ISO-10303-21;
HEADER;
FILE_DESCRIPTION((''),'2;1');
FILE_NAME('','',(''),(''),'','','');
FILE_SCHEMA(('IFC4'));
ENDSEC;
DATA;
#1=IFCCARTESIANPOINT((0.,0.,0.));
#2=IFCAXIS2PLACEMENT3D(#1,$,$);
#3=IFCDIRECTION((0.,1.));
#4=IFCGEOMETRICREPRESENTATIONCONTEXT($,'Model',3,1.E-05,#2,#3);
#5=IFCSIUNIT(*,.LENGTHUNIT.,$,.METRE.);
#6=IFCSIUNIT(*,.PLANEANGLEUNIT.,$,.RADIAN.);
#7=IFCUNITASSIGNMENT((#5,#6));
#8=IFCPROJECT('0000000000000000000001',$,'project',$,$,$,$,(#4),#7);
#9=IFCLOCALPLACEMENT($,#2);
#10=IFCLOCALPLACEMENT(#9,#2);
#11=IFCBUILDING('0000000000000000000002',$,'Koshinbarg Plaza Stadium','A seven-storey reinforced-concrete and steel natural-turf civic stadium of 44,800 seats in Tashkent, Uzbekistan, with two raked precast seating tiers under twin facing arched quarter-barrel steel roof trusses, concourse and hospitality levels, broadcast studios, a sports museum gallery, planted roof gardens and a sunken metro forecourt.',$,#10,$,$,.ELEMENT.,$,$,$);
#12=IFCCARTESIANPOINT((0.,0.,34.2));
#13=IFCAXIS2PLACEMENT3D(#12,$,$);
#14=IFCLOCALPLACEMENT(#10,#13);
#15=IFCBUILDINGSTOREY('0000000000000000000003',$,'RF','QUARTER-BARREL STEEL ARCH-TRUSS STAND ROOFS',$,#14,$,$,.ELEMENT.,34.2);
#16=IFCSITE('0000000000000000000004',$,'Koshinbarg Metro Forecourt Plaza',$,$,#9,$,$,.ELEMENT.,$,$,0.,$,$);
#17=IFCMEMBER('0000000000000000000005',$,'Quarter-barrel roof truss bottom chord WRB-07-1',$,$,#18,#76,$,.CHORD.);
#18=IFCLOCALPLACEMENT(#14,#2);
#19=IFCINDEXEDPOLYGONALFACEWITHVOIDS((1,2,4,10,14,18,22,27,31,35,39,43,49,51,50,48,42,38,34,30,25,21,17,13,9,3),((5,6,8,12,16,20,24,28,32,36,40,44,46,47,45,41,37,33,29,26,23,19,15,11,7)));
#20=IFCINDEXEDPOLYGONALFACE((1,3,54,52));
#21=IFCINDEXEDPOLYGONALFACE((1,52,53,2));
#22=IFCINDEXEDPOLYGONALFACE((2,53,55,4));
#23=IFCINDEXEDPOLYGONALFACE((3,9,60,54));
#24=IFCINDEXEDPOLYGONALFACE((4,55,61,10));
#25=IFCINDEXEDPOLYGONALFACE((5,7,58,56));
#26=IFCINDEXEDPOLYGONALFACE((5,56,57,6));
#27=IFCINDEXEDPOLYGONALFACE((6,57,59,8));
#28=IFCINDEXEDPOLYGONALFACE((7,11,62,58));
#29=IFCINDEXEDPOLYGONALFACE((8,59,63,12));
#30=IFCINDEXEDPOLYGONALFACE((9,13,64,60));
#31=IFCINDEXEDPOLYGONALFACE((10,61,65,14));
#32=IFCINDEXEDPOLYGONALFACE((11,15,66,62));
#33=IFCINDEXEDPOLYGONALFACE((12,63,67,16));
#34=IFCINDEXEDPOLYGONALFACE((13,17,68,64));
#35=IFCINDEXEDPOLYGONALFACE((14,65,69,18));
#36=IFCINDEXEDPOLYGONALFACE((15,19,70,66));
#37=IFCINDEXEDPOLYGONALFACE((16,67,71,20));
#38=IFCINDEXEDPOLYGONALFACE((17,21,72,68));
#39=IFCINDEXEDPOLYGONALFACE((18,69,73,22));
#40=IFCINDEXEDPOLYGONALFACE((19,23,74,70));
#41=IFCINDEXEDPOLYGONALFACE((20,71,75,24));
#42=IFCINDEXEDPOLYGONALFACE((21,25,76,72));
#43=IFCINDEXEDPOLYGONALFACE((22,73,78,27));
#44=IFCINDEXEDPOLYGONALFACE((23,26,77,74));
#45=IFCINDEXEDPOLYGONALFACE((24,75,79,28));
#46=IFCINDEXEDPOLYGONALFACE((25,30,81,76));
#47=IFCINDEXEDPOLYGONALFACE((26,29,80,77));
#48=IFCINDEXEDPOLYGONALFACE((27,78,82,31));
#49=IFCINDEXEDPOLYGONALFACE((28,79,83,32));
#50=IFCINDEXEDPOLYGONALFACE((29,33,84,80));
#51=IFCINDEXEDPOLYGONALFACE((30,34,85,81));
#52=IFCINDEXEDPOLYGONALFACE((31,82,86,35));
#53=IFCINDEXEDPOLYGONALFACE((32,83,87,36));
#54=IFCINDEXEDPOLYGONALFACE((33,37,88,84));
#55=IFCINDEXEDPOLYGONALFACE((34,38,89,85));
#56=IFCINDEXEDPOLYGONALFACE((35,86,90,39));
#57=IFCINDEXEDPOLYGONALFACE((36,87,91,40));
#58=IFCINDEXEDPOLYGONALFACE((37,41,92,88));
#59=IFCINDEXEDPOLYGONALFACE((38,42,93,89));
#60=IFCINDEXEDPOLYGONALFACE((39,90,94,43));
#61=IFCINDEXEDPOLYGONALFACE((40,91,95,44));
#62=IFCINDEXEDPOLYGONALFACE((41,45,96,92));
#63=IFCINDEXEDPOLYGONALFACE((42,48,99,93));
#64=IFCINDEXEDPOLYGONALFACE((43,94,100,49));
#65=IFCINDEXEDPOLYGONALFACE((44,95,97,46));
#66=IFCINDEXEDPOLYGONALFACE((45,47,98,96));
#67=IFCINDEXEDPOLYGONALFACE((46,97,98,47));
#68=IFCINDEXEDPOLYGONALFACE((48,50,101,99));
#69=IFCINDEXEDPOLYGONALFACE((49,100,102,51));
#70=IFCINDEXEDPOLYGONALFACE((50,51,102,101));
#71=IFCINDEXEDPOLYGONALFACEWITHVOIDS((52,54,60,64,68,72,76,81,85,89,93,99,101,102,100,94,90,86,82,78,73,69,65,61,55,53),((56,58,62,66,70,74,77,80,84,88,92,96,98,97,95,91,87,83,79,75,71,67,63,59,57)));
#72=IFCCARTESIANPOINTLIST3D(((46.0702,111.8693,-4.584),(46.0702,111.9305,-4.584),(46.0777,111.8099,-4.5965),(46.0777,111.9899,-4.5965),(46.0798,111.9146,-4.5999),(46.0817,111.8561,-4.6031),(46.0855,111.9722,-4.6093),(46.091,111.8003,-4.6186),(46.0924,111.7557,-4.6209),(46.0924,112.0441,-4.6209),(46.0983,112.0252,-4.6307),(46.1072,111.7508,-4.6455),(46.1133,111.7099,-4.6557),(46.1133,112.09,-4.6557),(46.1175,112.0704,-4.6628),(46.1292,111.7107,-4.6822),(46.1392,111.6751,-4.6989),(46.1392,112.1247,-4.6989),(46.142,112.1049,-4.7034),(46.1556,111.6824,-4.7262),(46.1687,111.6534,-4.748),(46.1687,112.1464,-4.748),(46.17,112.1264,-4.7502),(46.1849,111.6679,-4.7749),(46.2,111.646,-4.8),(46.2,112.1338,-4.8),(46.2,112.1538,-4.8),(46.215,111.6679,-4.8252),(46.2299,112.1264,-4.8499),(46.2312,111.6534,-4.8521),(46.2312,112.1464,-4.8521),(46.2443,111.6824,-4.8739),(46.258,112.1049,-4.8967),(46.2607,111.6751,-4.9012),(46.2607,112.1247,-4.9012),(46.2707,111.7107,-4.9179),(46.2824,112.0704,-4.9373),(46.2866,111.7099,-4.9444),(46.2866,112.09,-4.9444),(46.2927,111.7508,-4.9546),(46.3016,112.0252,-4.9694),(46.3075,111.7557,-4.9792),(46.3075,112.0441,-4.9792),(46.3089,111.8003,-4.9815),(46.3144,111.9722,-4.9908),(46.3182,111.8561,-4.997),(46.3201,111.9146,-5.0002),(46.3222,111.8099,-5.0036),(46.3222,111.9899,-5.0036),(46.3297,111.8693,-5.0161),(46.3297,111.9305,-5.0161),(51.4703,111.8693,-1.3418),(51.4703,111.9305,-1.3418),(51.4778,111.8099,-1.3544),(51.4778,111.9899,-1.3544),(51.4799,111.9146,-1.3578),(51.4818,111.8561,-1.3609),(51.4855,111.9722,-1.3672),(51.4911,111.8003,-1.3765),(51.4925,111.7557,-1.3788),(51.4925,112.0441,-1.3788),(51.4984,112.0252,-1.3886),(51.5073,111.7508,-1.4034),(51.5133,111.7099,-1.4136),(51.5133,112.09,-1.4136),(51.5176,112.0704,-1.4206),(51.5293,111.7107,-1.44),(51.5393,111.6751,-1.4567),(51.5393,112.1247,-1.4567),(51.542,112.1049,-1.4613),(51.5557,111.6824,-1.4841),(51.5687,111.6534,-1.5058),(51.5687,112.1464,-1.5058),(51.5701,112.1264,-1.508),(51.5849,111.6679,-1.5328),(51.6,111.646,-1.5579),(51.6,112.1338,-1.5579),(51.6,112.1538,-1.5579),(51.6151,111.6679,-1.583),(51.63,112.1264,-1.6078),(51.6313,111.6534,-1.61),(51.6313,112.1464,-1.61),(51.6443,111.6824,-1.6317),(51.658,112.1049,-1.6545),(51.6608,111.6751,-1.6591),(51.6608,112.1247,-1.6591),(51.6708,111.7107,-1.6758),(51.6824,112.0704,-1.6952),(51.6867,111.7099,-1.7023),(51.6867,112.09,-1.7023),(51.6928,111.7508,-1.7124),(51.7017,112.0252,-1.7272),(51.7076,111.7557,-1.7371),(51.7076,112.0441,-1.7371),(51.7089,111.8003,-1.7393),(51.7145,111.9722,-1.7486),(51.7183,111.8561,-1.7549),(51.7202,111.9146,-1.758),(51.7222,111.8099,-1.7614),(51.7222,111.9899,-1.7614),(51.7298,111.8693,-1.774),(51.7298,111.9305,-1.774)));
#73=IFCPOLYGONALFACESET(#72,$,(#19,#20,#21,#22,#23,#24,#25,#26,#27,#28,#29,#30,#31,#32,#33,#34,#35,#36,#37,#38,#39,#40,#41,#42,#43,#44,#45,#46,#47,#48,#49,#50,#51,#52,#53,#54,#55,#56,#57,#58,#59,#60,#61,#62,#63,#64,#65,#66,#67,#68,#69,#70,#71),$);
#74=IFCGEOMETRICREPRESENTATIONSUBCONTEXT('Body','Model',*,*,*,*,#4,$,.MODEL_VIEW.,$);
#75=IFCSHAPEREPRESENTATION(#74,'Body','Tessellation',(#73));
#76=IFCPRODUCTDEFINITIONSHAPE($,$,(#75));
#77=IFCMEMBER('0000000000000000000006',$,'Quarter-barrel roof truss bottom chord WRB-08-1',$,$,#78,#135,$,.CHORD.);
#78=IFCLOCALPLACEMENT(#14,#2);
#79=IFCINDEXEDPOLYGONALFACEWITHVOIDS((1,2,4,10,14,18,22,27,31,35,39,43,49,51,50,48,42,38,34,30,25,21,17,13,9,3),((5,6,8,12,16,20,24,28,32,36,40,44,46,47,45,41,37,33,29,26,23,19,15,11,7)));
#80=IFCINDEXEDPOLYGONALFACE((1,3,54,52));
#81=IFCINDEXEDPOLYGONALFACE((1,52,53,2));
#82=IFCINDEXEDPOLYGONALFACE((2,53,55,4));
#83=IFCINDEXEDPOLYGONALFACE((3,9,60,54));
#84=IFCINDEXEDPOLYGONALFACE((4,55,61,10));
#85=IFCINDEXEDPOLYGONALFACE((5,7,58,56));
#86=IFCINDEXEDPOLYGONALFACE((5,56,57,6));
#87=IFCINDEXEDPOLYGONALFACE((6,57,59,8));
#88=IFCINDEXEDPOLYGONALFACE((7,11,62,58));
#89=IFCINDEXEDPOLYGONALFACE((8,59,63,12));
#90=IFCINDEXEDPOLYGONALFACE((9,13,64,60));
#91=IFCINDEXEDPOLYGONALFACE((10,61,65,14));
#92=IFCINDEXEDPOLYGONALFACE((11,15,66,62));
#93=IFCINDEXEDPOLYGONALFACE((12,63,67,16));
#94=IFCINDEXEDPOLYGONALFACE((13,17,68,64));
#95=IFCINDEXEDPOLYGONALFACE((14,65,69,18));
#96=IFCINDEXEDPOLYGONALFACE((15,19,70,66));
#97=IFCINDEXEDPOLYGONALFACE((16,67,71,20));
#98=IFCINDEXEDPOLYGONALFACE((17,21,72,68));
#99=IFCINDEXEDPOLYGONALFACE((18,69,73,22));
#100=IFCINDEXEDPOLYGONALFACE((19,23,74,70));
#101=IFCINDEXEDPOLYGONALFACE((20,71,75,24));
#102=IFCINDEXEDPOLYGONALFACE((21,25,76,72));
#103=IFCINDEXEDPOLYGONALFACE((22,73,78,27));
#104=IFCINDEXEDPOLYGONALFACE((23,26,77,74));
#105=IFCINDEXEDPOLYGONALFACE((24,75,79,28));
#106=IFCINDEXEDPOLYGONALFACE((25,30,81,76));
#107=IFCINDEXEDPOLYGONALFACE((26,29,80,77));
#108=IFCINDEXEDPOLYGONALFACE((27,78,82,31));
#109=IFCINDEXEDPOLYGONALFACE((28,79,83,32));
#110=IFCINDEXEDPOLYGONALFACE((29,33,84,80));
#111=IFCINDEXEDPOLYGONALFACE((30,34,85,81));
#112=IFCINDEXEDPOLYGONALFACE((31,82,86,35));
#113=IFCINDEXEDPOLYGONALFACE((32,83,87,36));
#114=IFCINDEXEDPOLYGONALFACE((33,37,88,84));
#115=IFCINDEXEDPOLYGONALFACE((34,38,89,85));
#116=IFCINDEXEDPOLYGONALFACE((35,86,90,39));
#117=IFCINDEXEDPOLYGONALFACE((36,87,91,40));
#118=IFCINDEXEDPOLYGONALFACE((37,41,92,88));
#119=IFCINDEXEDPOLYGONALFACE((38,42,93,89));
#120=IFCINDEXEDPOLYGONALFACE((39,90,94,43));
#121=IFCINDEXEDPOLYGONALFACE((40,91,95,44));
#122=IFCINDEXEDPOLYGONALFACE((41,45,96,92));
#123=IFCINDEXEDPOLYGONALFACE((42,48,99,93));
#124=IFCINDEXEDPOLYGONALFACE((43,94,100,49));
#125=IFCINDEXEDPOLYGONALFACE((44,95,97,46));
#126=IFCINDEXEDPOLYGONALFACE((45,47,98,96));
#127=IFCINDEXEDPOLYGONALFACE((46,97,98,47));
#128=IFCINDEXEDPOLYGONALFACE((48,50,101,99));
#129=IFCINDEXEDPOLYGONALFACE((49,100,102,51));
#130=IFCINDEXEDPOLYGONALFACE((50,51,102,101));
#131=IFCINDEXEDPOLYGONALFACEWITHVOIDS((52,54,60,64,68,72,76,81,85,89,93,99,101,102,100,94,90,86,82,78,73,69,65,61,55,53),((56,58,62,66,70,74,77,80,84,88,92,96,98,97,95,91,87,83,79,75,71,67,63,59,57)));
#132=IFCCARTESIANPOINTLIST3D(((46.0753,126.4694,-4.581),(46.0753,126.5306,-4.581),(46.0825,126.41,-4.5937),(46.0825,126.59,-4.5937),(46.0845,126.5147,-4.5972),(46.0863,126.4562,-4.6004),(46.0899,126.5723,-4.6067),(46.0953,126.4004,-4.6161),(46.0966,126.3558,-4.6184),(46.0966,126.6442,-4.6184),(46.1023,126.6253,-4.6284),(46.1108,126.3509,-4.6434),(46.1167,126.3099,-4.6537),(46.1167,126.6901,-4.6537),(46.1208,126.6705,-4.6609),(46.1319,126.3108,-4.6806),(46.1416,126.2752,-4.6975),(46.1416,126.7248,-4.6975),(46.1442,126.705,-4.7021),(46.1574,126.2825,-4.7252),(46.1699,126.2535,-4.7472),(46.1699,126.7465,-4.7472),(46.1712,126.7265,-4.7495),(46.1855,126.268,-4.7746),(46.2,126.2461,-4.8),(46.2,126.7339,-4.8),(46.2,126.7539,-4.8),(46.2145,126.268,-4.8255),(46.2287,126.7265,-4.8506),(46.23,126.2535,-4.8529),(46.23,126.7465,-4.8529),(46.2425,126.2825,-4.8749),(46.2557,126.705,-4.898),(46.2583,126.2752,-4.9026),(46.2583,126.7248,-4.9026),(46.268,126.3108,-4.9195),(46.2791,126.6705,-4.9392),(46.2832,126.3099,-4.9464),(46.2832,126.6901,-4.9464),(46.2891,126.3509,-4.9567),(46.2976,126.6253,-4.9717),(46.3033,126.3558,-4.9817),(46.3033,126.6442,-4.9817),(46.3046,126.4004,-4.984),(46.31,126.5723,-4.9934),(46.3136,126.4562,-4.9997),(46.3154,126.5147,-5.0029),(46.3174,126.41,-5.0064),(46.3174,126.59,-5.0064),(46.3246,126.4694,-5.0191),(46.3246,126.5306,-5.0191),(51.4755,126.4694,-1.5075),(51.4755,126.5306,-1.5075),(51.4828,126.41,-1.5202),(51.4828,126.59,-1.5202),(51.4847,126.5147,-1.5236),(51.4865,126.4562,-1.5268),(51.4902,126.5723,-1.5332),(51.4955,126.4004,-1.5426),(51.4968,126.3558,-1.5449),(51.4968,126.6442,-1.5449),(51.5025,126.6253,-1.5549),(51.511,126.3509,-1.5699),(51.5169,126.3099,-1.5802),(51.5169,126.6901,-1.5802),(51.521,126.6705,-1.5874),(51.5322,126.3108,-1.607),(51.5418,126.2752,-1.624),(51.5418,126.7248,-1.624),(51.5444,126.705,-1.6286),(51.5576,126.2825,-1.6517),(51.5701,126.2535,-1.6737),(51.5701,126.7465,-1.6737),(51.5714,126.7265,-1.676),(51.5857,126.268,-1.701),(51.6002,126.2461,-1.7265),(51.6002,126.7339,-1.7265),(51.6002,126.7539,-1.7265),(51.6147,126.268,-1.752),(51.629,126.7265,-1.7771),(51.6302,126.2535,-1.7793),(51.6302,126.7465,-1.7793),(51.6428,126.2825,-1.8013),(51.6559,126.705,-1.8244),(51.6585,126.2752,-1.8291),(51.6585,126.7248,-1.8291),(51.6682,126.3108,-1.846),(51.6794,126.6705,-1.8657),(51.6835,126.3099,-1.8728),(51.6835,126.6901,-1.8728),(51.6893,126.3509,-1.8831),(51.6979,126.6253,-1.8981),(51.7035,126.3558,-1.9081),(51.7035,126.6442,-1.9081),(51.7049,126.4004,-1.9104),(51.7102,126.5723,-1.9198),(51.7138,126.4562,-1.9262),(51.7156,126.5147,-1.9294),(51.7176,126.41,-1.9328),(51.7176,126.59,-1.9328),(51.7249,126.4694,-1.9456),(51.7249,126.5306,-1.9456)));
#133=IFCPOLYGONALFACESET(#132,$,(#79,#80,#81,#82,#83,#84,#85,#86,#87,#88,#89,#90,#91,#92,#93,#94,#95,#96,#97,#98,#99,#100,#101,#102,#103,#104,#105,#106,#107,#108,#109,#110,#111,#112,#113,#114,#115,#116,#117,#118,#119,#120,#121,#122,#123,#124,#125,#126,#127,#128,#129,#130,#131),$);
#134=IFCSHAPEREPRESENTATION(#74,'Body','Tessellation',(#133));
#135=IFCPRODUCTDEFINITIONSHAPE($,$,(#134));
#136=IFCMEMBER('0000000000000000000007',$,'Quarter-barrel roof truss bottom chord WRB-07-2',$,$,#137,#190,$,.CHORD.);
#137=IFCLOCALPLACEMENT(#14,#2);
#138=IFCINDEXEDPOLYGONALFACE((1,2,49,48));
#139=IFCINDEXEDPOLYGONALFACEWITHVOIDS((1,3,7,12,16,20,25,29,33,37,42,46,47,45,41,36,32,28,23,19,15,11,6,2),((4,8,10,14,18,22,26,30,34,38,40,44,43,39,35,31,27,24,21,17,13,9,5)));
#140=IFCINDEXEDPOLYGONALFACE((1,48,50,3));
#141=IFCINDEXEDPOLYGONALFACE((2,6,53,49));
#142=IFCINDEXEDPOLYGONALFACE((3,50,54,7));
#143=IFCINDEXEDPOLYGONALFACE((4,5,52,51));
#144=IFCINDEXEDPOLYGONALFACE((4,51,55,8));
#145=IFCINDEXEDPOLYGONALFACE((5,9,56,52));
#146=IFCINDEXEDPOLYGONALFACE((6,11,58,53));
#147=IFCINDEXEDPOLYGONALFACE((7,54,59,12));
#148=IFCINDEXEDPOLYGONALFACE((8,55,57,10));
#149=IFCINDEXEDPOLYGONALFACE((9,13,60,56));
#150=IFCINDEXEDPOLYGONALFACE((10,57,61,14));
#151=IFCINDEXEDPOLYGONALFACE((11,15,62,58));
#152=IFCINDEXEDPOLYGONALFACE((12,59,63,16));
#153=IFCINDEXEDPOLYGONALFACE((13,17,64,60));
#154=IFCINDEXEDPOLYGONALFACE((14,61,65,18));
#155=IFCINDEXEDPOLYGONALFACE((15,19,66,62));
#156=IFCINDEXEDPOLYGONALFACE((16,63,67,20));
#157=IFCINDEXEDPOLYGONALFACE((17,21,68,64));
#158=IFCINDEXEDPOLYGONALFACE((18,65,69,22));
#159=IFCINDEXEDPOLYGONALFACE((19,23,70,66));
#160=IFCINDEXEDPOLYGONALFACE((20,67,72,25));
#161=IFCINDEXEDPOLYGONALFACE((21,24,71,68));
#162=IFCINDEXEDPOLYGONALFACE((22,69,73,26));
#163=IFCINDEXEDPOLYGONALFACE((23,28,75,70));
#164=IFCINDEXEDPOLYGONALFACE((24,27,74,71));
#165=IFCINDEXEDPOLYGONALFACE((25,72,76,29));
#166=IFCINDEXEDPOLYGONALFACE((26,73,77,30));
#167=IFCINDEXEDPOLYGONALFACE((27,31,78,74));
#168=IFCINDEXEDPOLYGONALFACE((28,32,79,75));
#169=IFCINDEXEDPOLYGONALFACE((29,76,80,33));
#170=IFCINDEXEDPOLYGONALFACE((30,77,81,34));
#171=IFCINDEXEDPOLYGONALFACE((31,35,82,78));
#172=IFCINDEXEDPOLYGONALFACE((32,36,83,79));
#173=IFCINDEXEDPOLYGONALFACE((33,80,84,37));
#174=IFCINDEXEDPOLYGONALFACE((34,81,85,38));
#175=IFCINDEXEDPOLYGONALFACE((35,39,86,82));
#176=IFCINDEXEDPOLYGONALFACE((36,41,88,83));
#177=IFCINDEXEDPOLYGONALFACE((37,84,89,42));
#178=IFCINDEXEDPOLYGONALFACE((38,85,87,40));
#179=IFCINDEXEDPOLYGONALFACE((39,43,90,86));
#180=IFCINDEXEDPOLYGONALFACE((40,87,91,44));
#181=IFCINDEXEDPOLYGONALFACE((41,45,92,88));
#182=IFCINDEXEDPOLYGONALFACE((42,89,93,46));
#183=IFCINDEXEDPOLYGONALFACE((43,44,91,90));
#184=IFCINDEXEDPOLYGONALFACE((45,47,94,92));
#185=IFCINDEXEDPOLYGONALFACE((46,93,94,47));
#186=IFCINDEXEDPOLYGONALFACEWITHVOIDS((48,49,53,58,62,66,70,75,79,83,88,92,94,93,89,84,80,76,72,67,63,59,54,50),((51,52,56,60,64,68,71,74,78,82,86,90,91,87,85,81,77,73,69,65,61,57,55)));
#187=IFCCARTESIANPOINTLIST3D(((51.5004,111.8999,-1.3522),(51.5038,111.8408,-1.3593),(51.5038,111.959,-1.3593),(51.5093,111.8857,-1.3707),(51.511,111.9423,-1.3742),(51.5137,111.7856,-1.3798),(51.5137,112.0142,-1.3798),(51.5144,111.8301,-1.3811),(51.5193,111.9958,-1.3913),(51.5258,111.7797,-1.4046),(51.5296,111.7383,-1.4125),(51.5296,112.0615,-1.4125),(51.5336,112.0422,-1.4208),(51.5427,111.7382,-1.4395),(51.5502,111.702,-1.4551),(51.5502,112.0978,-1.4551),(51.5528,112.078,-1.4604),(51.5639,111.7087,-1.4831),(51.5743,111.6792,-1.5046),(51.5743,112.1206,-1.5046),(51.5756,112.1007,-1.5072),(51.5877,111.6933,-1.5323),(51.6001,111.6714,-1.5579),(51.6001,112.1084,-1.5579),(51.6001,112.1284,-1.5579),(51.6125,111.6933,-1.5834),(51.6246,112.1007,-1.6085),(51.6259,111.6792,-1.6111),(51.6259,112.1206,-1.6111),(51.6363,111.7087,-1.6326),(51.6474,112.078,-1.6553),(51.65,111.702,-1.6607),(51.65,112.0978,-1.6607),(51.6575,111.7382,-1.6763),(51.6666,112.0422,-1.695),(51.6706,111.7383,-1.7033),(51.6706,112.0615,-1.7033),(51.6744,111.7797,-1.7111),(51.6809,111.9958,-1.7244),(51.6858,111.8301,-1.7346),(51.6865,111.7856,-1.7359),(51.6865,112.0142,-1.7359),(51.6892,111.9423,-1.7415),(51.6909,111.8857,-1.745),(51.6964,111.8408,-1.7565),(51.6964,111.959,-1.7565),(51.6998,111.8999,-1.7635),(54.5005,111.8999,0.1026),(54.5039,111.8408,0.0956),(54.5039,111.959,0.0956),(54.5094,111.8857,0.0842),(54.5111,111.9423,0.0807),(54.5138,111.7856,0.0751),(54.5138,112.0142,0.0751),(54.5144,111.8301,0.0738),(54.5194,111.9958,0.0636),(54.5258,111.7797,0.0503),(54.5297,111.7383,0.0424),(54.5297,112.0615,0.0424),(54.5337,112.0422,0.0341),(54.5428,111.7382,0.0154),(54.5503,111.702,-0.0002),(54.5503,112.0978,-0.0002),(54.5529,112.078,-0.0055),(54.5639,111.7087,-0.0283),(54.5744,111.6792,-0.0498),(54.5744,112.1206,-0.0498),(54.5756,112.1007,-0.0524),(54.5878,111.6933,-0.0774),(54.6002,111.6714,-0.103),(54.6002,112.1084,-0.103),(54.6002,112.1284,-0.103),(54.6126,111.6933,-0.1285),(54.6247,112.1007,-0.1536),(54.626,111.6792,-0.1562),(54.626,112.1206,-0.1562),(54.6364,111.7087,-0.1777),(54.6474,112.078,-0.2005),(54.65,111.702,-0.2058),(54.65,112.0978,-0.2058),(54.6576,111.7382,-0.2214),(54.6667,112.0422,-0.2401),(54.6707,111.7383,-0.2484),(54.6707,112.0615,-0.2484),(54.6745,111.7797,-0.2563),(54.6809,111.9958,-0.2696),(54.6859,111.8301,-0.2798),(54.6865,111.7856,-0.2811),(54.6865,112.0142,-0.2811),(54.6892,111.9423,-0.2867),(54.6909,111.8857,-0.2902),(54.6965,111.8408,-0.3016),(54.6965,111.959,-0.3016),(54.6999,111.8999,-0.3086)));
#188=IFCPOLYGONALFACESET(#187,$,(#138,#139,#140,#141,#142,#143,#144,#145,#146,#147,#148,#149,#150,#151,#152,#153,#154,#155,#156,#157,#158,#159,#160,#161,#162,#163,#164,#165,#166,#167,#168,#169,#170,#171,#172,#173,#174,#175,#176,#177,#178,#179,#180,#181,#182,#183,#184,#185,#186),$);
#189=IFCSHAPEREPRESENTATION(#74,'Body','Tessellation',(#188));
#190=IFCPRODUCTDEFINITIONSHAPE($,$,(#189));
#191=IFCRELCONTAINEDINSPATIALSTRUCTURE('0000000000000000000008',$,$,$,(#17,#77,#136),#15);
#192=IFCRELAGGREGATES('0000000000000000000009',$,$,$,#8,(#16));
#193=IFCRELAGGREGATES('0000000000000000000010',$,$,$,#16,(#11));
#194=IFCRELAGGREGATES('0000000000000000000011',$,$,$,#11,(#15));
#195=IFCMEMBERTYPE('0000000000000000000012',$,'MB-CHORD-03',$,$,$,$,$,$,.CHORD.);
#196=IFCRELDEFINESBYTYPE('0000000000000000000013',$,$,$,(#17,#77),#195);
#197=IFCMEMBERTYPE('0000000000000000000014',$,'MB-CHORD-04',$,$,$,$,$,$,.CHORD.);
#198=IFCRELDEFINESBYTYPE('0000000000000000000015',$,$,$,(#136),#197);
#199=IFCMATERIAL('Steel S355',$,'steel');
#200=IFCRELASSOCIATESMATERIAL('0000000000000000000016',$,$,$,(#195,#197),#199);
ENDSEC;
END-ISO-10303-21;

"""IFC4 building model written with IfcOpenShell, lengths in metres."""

from ifc_helpers import new_model, si_unit, direction, frame, origin, origin_2d, place, context, subcontext, project, spatial, hollow_circle, extrude, material, material_profile, profile_set, type_object, element, save


model = new_model("IFC4")

# Units and contexts
model_context = context("Model", 3, precision=1e-05, world=origin(), true_north=direction((0.0, 1.0)))
body_context = subcontext(model_context, "Body", "Model", "MODEL_VIEW")
ifc_project = project(units=[si_unit("LENGTHUNIT", "METRE"), si_unit("PLANEANGLEUNIT", "RADIAN")], contexts=[model_context])

# Site, building, storey
site_placement = place(None, origin())
site = spatial("IfcSite", under=ifc_project, at=site_placement, Name="Koshinbarg Metro Forecourt Plaza", CompositionType="ELEMENT", RefElevation=0.0)
building_placement = place(site_placement, origin())
building = spatial("IfcBuilding", under=site, at=building_placement, Name="Koshinbarg Plaza Stadium", Description="A seven-storey reinforced-concrete and steel natural-turf civic stadium of 44,800 seats in Tashkent, Uzbekistan, with two raked precast seating tiers under twin facing arched quarter-barrel steel roof trusses, concourse and hospitality levels, broadcast studios, a sports museum gallery, planted roof gardens and a sunken metro forecourt.", CompositionType="ELEMENT")
storey_placement = place(building_placement, frame((0.0, 0.0, 34.2)))
storey = spatial("IfcBuildingStorey", under=building, at=storey_placement, Name="RF", Description="QUARTER-BARREL STEEL ARCH-TRUSS STAND ROOFS", CompositionType="ELEMENT", Elevation=34.2)

# Shared definitions
ifc_material_1 = material(Name="Steel S355", Category="steel")

# Members
ifc_material_profile_1 = material_profile(ifc_material_1, hollow_circle(Radius=0.2539, WallThickness=0.02, at=origin_2d()), Name="CHS 508x20")
ifc_profile_set_1 = profile_set([ifc_material_profile_1], Name="Steel S355")
member_type_1 = type_object("IfcMemberType", Name="MB-CHORD-03", PredefinedType="CHORD", material=ifc_profile_set_1)
member_1_placement = place(storey_placement, frame((46.2, 111.8999, -4.8), z_axis=(0.857346, 0.0, 0.514741), x_axis=(0.0, 1.0, 0.0)))
element("IfcMember", 1, at=member_1_placement, inside=storey, type_object=member_type_1, Name="Quarter-barrel roof truss bottom chord WRB-07-1", PredefinedType="CHORD", context=body_context, shape_type="SweptSolid", body=[
    extrude(hollow_circle(Radius=0.2539, WallThickness=0.02, at=origin_2d()), origin(), (0.0, 0.0, 1.0), 6.2986),
])
member_2_placement = place(storey_placement, frame((46.2, 126.5, -4.8), z_axis=(0.869095, 0.0, 0.494645), x_axis=(0.0, 1.0, 0.0)))
element("IfcMember", 2, at=member_2_placement, inside=storey, type_object=member_type_1, Name="Quarter-barrel roof truss bottom chord WRB-08-1", PredefinedType="CHORD", context=body_context, shape_type="SweptSolid", body=[
    extrude(hollow_circle(Radius=0.2539, WallThickness=0.02, at=origin_2d()), origin(), (0.0, 0.0, 1.0), 6.2136),
])
ifc_material_profile_2 = material_profile(ifc_material_1, hollow_circle(Radius=0.2285, WallThickness=0.02, at=origin_2d()), Name="CHS 457x20")
ifc_profile_set_2 = profile_set([ifc_material_profile_2], Name="Steel S355")
member_type_2 = type_object("IfcMemberType", Name="MB-CHORD-04", PredefinedType="CHORD", material=ifc_profile_set_2)
member_3_placement = place(storey_placement, frame((51.6001, 111.8999, -1.5579), z_axis=(0.89978, 0.0, 0.436344), x_axis=(0.0, 1.0, 0.0)))
element("IfcMember", 3, at=member_3_placement, inside=storey, type_object=member_type_2, Name="Quarter-barrel roof truss bottom chord WRB-07-2", PredefinedType="CHORD", context=body_context, shape_type="SweptSolid", body=[
    extrude(hollow_circle(Radius=0.2285, WallThickness=0.02, at=origin_2d()), origin(), (0.0, 0.0, 1.0), 3.3342),
])

save(model, "model.ifc")
